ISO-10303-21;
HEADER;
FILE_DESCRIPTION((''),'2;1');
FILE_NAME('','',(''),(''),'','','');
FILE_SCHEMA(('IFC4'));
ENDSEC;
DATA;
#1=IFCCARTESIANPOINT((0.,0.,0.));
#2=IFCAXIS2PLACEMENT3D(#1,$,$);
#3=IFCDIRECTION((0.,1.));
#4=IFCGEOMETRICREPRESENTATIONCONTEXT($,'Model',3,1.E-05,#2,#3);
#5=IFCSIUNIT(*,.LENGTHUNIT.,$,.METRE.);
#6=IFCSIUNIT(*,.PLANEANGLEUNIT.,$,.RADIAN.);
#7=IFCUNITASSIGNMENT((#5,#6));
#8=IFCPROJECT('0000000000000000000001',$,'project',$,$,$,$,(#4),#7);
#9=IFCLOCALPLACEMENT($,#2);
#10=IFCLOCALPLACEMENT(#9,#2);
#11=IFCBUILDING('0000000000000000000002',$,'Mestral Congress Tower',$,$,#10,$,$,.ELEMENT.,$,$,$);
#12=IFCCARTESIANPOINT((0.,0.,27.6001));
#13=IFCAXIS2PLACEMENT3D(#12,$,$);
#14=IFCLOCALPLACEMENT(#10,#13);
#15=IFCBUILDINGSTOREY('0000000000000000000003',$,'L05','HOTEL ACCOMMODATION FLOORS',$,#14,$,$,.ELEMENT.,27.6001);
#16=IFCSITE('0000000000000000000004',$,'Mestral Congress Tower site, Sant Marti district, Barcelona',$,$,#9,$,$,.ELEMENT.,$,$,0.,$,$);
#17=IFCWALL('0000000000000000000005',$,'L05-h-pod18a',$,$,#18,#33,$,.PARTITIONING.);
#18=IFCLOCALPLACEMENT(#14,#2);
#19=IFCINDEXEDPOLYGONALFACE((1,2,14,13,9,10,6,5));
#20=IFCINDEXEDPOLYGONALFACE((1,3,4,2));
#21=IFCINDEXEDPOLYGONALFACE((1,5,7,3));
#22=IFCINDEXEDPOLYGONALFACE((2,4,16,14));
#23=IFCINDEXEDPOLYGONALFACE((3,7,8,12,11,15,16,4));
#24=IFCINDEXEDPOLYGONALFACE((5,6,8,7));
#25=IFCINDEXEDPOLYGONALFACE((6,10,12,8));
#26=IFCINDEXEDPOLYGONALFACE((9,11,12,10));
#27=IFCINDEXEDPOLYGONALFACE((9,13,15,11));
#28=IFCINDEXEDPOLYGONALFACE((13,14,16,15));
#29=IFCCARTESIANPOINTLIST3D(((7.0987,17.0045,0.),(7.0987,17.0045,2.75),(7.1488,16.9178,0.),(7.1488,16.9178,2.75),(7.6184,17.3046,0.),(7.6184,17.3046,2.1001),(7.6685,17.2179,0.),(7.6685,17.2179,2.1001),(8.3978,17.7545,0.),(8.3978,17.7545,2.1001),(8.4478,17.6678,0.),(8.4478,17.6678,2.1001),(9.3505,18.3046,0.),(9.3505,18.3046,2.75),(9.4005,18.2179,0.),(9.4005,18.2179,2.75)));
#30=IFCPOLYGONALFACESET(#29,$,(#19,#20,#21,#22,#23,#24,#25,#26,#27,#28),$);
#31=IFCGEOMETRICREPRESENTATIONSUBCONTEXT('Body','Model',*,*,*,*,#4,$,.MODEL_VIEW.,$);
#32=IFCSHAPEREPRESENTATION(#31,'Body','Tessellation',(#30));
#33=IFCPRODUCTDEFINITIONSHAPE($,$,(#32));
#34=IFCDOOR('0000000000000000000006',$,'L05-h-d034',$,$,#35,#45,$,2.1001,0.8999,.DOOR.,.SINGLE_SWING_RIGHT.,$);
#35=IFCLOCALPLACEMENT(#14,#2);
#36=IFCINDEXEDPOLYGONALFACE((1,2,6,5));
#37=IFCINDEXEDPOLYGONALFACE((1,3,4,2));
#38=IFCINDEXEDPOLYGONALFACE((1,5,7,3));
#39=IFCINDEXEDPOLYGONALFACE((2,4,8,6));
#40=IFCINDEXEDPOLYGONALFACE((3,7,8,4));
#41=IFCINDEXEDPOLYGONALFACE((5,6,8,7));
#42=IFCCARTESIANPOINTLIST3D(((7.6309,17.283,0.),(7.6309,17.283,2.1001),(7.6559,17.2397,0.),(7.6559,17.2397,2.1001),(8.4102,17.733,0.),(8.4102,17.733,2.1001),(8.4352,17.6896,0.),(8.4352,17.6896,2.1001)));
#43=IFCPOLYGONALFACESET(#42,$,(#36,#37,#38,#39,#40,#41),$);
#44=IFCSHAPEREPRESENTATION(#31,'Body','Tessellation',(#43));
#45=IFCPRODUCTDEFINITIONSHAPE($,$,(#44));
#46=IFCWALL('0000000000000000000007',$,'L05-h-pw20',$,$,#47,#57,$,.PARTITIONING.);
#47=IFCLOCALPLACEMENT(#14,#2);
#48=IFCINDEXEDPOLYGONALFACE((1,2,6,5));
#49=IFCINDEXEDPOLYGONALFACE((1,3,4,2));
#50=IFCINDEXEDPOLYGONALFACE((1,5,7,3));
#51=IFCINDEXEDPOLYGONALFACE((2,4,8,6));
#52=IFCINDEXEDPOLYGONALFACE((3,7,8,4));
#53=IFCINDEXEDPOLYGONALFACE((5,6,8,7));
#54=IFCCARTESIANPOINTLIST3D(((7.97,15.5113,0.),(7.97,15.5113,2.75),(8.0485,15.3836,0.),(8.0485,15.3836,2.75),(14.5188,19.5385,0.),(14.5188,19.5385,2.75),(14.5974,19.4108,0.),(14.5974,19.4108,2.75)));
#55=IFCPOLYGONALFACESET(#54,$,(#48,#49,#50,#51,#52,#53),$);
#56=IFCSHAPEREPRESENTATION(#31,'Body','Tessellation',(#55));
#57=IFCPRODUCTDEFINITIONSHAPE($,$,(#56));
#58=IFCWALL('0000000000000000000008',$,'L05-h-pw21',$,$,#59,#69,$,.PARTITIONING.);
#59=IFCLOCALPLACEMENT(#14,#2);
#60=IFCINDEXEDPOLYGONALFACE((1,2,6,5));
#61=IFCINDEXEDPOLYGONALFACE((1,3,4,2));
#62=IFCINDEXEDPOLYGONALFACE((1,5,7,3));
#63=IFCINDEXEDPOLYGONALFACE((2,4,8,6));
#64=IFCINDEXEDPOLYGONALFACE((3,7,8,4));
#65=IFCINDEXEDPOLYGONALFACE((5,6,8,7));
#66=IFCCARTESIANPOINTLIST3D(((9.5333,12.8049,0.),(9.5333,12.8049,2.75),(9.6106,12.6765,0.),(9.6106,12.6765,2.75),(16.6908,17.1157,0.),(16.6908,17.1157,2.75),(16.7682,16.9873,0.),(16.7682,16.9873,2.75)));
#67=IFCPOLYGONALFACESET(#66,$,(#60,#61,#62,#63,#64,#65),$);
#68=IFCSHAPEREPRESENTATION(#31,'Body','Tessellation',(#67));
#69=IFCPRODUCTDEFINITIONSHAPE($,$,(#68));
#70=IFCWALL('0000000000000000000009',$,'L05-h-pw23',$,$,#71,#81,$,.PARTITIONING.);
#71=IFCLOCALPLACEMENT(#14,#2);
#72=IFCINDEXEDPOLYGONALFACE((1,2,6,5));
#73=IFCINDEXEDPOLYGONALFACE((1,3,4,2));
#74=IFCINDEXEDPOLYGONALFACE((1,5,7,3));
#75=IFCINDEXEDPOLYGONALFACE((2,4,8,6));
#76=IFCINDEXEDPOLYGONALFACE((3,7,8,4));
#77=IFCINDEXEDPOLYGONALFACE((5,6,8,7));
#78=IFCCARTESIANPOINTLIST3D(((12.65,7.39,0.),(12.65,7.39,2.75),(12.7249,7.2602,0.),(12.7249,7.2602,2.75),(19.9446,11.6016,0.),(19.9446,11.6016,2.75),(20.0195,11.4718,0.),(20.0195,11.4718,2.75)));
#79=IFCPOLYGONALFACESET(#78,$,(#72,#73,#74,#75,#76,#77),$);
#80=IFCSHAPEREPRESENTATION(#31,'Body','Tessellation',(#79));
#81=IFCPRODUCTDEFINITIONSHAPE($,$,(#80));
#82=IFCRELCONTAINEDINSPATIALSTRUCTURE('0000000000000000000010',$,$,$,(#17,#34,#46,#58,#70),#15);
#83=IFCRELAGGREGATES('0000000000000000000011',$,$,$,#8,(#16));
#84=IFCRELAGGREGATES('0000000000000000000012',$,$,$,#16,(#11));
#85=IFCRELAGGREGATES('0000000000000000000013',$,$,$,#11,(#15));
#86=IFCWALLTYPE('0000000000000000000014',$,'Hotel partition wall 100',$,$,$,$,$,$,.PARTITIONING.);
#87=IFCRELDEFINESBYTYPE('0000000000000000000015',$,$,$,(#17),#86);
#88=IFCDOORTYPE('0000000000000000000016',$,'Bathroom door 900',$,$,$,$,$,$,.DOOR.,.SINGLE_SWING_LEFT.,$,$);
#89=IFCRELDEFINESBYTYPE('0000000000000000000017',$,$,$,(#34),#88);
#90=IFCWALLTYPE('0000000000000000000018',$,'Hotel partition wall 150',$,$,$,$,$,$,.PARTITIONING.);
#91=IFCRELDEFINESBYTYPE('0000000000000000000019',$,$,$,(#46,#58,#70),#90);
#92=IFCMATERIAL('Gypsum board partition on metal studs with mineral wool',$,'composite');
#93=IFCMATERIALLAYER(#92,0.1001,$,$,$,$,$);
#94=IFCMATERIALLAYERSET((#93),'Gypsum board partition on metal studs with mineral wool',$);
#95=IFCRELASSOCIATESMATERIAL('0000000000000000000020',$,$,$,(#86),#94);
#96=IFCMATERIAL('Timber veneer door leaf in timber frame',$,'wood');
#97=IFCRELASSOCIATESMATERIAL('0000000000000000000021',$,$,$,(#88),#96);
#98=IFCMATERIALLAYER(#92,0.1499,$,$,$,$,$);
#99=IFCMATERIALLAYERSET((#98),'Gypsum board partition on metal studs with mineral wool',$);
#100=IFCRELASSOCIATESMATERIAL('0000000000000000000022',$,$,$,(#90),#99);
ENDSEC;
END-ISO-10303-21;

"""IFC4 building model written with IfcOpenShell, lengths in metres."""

from ifc_helpers import new_model, si_unit, direction, frame, frame_2d, origin, place, context, subcontext, project, spatial, rectangle, extrude, material, layer, layer_set, type_object, element, fill, save


model = new_model("IFC4")

# Units and contexts
model_context = context("Model", 3, precision=1e-05, world=origin(), true_north=direction((0.0, 1.0)))
body_context = subcontext(model_context, "Body", "Model", "MODEL_VIEW")
ifc_project = project(units=[si_unit("LENGTHUNIT", "METRE"), si_unit("PLANEANGLEUNIT", "RADIAN")], contexts=[model_context])

# Site, building, storey
site_placement = place(None, origin())
site = spatial("IfcSite", under=ifc_project, at=site_placement, Name="Mestral Congress Tower site, Sant Marti district, Barcelona", CompositionType="ELEMENT", RefElevation=0.0)
building_placement = place(site_placement, origin())
building = spatial("IfcBuilding", under=site, at=building_placement, Name="Mestral Congress Tower", CompositionType="ELEMENT")
storey_placement = place(building_placement, frame((0.0, 0.0, 27.6001)))
storey = spatial("IfcBuildingStorey", under=building, at=storey_placement, Name="L05", Description="HOTEL ACCOMMODATION FLOORS", CompositionType="ELEMENT", Elevation=27.6001)

# Shared definitions
ifc_material_1 = material(Name="Gypsum board partition on metal studs with mineral wool", Category="composite")
ifc_layer_1 = layer(ifc_material_1, 0.1001)
ifc_layer_set_1 = layer_set([ifc_layer_1], Name="Gypsum board partition on metal studs with mineral wool")
wall_type_1 = type_object("IfcWallType", Name="Hotel partition wall 100", PredefinedType="PARTITIONING", material=ifc_layer_set_1)
ifc_material_2 = material(Name="Timber veneer door leaf in timber frame", Category="wood")

# Wall, opening, door
wall_1_placement = place(storey_placement, frame((9.3755, 18.2612, 0.0), z_axis=(0.0, 0.0, 1.0), x_axis=(-0.866021, -0.500007, 0.0)))
wall_1 = element("IfcWall", 1, at=wall_1_placement, inside=storey, type_object=wall_type_1, Name="L05-h-pod18a", PredefinedType="PARTITIONING", context=body_context, shape_type="SweptSolid", body=[
    extrude(rectangle(XDim=2.6001, YDim=0.1001, at=frame_2d((1.3, 0.0))), origin(), (0.0, 0.0, 1.0), 2.75),
])
opening_1_placement = place(wall_1_placement, frame((1.1001, 0.0, 0.0)))
opening_1 = element("IfcOpeningElement", 2, at=opening_1_placement, cuts=wall_1, PredefinedType="OPENING", context=body_context, shape_type="SweptSolid", body=[
    extrude(rectangle(XDim=0.8999, YDim=2.1001, at=frame_2d((0.45, 1.05))), frame((0.0, 0.0601, 0.0), z_axis=(0.0, -1.0, 0.0), x_axis=(1.0, 0.0, 0.0)), (0.0, 0.0, 1.0), 0.1201),
])
door_type_1 = type_object("IfcDoorType", Name="Bathroom door 900", OperationType="SINGLE_SWING_LEFT", PredefinedType="DOOR", material=ifc_material_2)
door_1_placement = place(opening_1_placement, origin())
door_1 = element("IfcDoor", 3, at=door_1_placement, inside=storey, type_object=door_type_1, Name="L05-h-d034", OperationType="SINGLE_SWING_RIGHT", OverallHeight=2.1001, OverallWidth=0.8999, PredefinedType="DOOR", context=body_context, shape_type="SweptSolid", body=[
    extrude(rectangle(XDim=0.8999, YDim=2.1001, at=frame_2d((0.45, 1.05))), frame((0.0, 0.0249, 0.0), z_axis=(0.0, -1.0, 0.0), x_axis=(1.0, 0.0, 0.0)), (0.0, 0.0, 1.0), 0.05),
])
fill(opening_1, door_1)

# Walls
ifc_layer_2 = layer(ifc_material_1, 0.1499)
ifc_layer_set_2 = layer_set([ifc_layer_2], Name="Gypsum board partition on metal studs with mineral wool")
wall_type_2 = type_object("IfcWallType", Name="Hotel partition wall 150", PredefinedType="PARTITIONING", material=ifc_layer_set_2)
wall_2_placement = place(storey_placement, frame((14.5581, 19.4746, 0.0), z_axis=(0.0, 0.0, 1.0), x_axis=(-0.851829, -0.523819, 0.0)))
element("IfcWall", 4, at=wall_2_placement, inside=storey, type_object=wall_type_2, Name="L05-h-pw20", PredefinedType="PARTITIONING", context=body_context, shape_type="SweptSolid", body=[
    extrude(rectangle(XDim=7.688, YDim=0.1499, at=frame_2d((3.844, 0.0))), origin(), (0.0, 0.0, 1.0), 2.75),
])
wall_3_placement = place(storey_placement, frame((16.7295, 17.0515, 0.0), z_axis=(0.0, 0.0, 1.0), x_axis=(-0.856631, -0.51593, 0.0)))
element("IfcWall", 5, at=wall_3_placement, inside=storey, type_object=wall_type_2, Name="L05-h-pw21", PredefinedType="PARTITIONING", context=body_context, shape_type="SweptSolid", body=[
    extrude(rectangle(XDim=8.3555, YDim=0.1499, at=frame_2d((4.1777, 0.0))), origin(), (0.0, 0.0, 1.0), 2.75),
])
wall_4_placement = place(storey_placement, frame((19.9819, 11.5366, 0.0), z_axis=(0.0, 0.0, 1.0), x_axis=(-0.866021, -0.500008, 0.0)))
element("IfcWall", 6, at=wall_4_placement, inside=storey, type_object=wall_type_2, Name="L05-h-pw23", PredefinedType="PARTITIONING", context=body_context, shape_type="SweptSolid", body=[
    extrude(rectangle(XDim=8.4231, YDim=0.1499, at=frame_2d((4.2114, 0.0))), origin(), (0.0, 0.0, 1.0), 2.75),
])

save(model, "model.ifc")
